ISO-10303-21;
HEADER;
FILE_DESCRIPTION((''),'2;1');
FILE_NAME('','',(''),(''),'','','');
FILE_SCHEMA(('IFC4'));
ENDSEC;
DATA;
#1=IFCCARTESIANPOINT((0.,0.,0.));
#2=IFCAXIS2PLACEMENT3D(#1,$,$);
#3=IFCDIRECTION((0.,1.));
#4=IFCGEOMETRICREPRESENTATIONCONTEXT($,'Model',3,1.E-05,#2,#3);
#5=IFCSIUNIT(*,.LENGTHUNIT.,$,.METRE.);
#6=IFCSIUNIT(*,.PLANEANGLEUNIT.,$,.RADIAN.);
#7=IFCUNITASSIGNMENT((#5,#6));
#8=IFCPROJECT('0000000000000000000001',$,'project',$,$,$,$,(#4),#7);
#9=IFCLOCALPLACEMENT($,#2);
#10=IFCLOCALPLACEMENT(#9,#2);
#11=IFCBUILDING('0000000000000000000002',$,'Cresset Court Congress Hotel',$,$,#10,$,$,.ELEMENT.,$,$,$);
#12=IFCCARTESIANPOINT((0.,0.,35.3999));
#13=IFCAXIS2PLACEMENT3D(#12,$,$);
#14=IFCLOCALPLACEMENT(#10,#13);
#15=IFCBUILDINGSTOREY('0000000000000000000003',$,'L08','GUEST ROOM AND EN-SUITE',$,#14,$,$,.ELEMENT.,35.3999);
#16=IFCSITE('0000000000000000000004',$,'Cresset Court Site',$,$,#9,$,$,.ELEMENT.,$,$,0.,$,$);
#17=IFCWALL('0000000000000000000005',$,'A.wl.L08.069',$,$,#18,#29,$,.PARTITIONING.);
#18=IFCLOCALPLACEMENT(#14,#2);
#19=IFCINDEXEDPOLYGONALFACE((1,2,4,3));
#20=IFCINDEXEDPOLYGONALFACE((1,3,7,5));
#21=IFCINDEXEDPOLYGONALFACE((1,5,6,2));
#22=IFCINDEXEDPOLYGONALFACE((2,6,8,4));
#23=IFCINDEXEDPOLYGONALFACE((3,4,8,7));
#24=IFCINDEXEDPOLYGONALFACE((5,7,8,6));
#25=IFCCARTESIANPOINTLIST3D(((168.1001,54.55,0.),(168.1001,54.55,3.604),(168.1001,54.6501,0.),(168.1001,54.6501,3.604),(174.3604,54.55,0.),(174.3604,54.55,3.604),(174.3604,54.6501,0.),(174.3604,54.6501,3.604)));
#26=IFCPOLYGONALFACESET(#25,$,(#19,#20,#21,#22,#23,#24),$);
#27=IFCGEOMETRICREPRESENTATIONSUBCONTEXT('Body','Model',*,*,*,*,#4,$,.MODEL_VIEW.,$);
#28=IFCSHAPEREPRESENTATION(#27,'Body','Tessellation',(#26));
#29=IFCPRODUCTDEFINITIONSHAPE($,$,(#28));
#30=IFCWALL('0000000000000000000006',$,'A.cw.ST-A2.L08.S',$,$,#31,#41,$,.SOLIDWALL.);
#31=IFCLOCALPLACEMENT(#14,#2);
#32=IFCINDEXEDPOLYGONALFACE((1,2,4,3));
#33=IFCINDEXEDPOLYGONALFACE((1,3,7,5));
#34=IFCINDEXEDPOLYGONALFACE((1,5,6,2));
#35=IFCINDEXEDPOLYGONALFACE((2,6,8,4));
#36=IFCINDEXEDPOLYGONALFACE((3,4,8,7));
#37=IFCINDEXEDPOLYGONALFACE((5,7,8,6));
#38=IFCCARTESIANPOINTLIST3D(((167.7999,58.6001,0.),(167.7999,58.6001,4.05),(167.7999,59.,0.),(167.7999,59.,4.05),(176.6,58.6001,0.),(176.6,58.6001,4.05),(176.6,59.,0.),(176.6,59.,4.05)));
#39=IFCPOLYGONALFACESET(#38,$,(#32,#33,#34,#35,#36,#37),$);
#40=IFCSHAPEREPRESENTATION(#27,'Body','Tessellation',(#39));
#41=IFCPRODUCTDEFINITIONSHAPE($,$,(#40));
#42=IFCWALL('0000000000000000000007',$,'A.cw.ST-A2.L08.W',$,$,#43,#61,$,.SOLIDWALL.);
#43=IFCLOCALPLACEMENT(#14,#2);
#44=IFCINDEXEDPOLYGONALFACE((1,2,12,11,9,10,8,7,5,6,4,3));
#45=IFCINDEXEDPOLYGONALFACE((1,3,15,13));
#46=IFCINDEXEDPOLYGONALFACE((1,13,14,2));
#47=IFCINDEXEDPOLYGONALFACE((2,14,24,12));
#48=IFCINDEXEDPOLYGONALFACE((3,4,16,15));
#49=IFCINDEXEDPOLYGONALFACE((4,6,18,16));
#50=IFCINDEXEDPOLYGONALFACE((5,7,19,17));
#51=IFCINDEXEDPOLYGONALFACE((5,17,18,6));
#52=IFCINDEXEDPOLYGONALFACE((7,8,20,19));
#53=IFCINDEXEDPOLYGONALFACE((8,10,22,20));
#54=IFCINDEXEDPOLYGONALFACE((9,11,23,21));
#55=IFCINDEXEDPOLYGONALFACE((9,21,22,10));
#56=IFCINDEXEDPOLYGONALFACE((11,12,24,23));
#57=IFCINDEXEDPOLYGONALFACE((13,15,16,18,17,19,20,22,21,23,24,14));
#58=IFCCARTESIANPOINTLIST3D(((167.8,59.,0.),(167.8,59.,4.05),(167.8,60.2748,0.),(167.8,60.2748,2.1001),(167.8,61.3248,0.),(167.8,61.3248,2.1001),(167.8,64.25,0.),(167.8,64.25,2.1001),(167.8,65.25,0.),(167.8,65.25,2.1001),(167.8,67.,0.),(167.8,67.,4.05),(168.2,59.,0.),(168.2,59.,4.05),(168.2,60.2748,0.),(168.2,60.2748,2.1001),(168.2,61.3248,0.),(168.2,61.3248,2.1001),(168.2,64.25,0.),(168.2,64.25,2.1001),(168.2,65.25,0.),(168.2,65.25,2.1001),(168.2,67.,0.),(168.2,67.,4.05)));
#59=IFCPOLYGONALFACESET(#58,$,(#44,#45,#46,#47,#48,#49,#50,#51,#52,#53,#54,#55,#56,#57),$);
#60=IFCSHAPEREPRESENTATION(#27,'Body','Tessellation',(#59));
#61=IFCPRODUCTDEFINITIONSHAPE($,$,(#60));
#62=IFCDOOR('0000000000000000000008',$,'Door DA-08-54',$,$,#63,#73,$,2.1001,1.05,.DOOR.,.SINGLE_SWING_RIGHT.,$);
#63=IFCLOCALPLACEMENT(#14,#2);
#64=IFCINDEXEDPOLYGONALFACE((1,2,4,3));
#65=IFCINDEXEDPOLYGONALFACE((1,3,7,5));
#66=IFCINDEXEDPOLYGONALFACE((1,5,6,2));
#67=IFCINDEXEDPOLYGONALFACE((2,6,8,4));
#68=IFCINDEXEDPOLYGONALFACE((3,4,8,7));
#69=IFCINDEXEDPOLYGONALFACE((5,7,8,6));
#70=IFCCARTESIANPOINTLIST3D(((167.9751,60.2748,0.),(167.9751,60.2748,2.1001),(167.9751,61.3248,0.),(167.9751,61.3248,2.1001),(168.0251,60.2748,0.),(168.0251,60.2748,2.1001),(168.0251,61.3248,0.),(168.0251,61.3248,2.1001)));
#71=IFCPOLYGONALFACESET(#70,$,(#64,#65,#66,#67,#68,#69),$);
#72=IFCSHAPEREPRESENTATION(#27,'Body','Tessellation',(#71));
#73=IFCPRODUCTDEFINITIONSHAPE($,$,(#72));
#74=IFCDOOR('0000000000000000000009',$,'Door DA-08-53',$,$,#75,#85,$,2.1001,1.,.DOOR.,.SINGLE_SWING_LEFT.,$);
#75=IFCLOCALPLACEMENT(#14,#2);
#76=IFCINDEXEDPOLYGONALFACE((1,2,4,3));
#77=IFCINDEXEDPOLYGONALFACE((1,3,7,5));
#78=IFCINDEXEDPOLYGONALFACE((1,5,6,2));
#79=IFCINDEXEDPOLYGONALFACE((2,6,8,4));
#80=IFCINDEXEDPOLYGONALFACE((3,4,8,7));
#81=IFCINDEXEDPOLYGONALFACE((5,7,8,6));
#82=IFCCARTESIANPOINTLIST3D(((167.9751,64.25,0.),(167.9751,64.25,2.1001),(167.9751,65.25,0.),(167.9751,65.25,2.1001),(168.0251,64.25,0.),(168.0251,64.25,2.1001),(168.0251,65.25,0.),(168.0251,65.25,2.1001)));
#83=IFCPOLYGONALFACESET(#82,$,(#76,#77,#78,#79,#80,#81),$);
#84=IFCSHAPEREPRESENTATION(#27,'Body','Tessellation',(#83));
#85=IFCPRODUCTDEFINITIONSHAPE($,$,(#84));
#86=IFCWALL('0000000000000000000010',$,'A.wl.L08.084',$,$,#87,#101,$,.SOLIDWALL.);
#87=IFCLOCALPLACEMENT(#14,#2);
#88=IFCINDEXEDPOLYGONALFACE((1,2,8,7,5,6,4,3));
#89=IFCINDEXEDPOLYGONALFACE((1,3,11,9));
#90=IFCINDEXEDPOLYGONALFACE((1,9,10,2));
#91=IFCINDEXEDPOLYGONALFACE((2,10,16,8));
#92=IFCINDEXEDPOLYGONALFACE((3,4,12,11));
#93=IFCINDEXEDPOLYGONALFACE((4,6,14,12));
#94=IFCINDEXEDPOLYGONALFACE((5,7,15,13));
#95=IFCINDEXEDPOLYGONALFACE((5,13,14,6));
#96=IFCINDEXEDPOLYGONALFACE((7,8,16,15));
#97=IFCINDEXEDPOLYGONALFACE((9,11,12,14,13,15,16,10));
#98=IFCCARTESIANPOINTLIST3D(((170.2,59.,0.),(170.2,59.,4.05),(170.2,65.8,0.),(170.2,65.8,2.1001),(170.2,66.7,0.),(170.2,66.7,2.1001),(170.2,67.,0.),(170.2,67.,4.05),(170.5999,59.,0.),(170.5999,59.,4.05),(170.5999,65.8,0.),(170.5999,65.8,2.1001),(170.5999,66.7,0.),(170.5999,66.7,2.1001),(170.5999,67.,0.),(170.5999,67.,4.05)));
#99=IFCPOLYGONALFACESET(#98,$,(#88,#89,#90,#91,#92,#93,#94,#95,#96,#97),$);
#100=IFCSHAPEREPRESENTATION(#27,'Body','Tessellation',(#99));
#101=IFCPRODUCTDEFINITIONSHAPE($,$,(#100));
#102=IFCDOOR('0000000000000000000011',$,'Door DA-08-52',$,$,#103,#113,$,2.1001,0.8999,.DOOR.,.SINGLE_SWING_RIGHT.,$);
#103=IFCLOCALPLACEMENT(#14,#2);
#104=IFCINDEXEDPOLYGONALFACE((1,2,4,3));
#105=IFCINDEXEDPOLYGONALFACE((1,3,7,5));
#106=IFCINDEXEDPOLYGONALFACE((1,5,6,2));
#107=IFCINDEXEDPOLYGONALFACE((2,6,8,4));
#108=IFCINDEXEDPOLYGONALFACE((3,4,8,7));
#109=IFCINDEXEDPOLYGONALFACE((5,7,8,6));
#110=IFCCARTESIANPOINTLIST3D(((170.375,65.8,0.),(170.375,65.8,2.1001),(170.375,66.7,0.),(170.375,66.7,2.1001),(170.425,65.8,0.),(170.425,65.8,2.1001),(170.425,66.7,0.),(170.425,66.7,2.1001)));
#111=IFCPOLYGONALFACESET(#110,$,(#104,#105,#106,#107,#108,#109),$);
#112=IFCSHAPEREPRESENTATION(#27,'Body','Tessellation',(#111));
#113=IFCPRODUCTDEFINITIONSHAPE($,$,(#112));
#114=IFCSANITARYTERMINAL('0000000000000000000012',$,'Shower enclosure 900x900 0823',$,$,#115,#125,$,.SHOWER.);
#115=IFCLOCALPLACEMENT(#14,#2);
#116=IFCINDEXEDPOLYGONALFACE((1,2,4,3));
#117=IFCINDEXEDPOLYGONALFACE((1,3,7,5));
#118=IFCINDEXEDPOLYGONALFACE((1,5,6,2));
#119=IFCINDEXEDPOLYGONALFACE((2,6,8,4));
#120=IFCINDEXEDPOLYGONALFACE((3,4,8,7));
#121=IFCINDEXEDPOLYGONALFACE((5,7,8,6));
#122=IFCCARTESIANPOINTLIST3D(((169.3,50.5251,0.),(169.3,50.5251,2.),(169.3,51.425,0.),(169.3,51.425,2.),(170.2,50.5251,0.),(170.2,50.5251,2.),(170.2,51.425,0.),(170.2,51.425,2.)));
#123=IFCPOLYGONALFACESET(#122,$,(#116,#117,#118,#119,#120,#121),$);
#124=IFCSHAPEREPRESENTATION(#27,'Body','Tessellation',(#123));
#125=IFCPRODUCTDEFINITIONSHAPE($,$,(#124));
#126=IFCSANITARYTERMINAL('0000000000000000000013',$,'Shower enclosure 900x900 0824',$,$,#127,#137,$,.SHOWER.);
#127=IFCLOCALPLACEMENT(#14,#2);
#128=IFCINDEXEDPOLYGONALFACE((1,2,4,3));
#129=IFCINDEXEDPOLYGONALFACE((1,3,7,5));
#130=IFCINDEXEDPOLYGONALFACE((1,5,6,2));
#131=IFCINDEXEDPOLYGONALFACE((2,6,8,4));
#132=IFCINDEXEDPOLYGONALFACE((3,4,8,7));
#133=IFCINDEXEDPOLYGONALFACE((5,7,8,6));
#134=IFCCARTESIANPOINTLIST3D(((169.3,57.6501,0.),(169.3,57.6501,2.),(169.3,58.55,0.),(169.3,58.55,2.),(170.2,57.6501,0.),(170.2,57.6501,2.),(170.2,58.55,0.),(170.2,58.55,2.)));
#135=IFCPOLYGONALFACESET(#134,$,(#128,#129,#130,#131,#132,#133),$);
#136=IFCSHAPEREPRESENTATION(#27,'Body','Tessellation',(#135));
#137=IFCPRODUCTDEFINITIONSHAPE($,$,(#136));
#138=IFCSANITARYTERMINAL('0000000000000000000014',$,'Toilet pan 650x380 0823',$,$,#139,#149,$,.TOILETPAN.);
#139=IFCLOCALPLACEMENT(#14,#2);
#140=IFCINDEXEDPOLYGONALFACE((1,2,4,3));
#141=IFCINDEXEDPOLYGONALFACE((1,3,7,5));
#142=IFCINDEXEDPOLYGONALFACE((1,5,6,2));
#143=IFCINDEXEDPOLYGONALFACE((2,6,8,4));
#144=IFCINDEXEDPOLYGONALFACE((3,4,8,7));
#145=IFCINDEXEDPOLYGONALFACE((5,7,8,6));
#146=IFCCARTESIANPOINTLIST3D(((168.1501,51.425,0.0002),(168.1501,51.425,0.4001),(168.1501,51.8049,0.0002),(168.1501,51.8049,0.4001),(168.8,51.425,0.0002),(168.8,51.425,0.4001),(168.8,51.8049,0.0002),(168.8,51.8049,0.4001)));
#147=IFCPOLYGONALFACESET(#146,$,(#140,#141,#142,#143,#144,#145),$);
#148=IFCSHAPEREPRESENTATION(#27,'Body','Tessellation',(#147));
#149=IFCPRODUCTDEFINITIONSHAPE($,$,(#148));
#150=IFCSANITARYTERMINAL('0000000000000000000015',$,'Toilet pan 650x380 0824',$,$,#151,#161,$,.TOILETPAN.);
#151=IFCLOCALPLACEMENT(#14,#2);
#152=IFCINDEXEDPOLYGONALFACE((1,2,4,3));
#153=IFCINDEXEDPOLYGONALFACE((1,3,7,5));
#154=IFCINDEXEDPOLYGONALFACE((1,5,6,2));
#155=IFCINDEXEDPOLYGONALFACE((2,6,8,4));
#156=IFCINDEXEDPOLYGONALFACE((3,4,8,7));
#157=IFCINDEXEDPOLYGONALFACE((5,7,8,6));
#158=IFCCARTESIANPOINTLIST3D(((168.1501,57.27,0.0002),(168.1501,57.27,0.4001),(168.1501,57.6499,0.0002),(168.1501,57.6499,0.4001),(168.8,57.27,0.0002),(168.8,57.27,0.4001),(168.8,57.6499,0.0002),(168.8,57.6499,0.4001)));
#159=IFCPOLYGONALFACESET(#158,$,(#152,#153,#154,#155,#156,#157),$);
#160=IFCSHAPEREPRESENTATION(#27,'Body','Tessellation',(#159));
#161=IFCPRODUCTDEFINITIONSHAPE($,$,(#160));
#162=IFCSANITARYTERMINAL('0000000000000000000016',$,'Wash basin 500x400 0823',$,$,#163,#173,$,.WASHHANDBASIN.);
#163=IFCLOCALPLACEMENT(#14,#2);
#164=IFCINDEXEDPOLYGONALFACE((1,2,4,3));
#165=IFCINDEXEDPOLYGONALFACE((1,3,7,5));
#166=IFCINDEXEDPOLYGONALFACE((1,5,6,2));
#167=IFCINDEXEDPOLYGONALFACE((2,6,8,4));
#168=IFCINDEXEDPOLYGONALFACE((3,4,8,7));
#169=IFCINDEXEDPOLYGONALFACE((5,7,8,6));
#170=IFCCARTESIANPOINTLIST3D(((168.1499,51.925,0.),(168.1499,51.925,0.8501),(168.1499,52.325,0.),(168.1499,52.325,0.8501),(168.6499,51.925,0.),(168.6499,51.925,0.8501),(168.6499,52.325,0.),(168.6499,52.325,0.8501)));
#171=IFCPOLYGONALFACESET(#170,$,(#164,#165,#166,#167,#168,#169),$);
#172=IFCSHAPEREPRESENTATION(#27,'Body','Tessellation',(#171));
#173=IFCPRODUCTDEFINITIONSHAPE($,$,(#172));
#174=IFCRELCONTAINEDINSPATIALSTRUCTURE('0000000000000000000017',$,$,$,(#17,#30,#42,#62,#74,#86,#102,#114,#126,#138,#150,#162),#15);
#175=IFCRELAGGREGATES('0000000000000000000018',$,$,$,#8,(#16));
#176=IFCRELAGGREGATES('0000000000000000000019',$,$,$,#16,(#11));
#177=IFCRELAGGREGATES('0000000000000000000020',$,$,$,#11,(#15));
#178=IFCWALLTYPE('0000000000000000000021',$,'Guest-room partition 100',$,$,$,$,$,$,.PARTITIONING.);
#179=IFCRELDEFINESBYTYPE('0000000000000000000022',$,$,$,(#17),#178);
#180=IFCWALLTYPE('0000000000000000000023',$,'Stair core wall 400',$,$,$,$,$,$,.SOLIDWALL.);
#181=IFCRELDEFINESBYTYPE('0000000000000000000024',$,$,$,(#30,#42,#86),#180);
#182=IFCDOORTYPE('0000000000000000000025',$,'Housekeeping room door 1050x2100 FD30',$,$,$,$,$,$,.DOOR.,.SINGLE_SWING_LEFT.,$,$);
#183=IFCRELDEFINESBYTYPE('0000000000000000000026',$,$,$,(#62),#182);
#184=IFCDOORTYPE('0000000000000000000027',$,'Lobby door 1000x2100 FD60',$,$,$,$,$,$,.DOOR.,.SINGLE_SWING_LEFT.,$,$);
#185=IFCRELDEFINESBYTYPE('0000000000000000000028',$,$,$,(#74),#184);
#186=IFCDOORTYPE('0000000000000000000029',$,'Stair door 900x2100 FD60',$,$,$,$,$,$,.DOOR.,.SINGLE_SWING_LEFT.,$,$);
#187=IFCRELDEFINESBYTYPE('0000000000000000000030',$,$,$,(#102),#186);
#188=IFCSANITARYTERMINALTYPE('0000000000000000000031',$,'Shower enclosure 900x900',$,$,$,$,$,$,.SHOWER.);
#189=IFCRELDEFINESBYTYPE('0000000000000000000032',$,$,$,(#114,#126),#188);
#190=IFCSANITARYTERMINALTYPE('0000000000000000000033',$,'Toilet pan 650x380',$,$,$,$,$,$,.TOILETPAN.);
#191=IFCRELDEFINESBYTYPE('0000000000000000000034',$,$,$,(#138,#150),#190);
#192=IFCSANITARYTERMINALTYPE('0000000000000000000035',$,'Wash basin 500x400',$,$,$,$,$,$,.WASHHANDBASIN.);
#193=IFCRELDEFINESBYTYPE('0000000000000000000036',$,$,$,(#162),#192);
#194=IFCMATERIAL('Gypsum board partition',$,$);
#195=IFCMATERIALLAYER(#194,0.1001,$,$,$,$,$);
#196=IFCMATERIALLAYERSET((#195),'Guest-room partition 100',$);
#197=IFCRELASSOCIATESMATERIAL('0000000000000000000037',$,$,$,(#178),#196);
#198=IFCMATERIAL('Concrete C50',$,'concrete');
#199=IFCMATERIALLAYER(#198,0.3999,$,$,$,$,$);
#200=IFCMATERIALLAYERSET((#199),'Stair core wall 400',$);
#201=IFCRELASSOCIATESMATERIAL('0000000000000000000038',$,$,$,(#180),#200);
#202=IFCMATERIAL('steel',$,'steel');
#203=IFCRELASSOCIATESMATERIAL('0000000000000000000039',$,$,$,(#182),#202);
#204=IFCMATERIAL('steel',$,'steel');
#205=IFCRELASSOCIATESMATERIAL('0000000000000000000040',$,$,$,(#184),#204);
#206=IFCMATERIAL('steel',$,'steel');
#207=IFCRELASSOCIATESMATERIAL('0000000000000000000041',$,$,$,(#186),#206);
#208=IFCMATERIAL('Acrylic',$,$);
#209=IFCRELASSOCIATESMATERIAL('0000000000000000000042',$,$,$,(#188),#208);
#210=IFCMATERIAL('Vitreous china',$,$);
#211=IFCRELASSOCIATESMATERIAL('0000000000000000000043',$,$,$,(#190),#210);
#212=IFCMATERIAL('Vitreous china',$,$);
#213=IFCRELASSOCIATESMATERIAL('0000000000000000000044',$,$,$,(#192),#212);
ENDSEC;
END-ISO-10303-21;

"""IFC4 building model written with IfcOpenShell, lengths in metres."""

from ifc_helpers import new_model, si_unit, direction, frame, frame_2d, origin, origin_2d, place, context, subcontext, project, spatial, rectangle, extrude, material, layer, layer_set, type_object, element, fill, save


model = new_model("IFC4")

# Units and contexts
model_context = context("Model", 3, precision=1e-05, world=origin(), true_north=direction((0.0, 1.0)))
body_context = subcontext(model_context, "Body", "Model", "MODEL_VIEW")
ifc_project = project(units=[si_unit("LENGTHUNIT", "METRE"), si_unit("PLANEANGLEUNIT", "RADIAN")], contexts=[model_context])

# Site, building, storey
site_placement = place(None, origin())
site = spatial("IfcSite", under=ifc_project, at=site_placement, Name="Cresset Court Site", CompositionType="ELEMENT", RefElevation=0.0)
building_placement = place(site_placement, origin())
building = spatial("IfcBuilding", under=site, at=building_placement, Name="Cresset Court Congress Hotel", CompositionType="ELEMENT")
storey_placement = place(building_placement, frame((0.0, 0.0, 35.3999)))
storey = spatial("IfcBuildingStorey", under=building, at=storey_placement, Name="L08", Description="GUEST ROOM AND EN-SUITE", CompositionType="ELEMENT", Elevation=35.3999)

# Walls
ifc_material_1 = material(Name="Gypsum board partition")
ifc_layer_1 = layer(ifc_material_1, 0.1001)
ifc_layer_set_1 = layer_set([ifc_layer_1], Name="Guest-room partition 100")
wall_type_1 = type_object("IfcWallType", Name="Guest-room partition 100", PredefinedType="PARTITIONING", material=ifc_layer_set_1)
wall_1_placement = place(storey_placement, frame((168.1001, 54.6001, 0.0), z_axis=(0.0, 0.0, 1.0), x_axis=(1.0, 0.0, 0.0)))
element("IfcWall", 1, at=wall_1_placement, inside=storey, type_object=wall_type_1, Name="A.wl.L08.069", PredefinedType="PARTITIONING", context=body_context, shape_type="SweptSolid", body=[
    extrude(rectangle(XDim=6.2603, YDim=0.1001, at=frame_2d((3.1301, 0.0))), origin(), (0.0, 0.0, 1.0), 3.604),
])
ifc_material_2 = material(Name="Concrete C50", Category="concrete")
ifc_layer_2 = layer(ifc_material_2, 0.3999)
ifc_layer_set_2 = layer_set([ifc_layer_2], Name="Stair core wall 400")
wall_type_2 = type_object("IfcWallType", Name="Stair core wall 400", PredefinedType="SOLIDWALL", material=ifc_layer_set_2)
wall_2_placement = place(storey_placement, frame((167.8, 58.8, 0.0), z_axis=(0.0, 0.0, 1.0), x_axis=(1.0, 0.0, 0.0)))
element("IfcWall", 2, at=wall_2_placement, inside=storey, type_object=wall_type_2, Name="A.cw.ST-A2.L08.S", PredefinedType="SOLIDWALL", context=body_context, shape_type="SweptSolid", body=[
    extrude(rectangle(XDim=8.8, YDim=0.3999, at=frame_2d((4.3999, 0.0))), origin(), (0.0, 0.0, 1.0), 4.05),
])

# Wall, openings, doors
wall_3_placement = place(storey_placement, frame((168.0, 59.0, 0.0), z_axis=(0.0, 0.0, 1.0), x_axis=(0.0, 1.0, 0.0)))
wall_3 = element("IfcWall", 3, at=wall_3_placement, inside=storey, type_object=wall_type_2, Name="A.cw.ST-A2.L08.W", PredefinedType="SOLIDWALL", context=body_context, shape_type="SweptSolid", body=[
    extrude(rectangle(XDim=8.0, YDim=0.3999, at=frame_2d((4.0, 0.0))), origin(), (0.0, 0.0, 1.0), 4.05),
])
opening_1_placement = place(wall_3_placement, frame((5.25, 0.0, 0.0)))
opening_1 = element("IfcOpeningElement", 4, at=opening_1_placement, cuts=wall_3, PredefinedType="OPENING", context=body_context, shape_type="SweptSolid", body=[
    extrude(rectangle(XDim=1.0, YDim=2.1001, at=frame_2d((0.5, 1.05))), frame((0.0, 0.21, 0.0), z_axis=(0.0, -1.0, 0.0), x_axis=(1.0, 0.0, 0.0)), (0.0, 0.0, 1.0), 0.4199),
])
opening_2_placement = place(wall_3_placement, frame((1.2749, 0.0, 0.0)))
opening_2 = element("IfcOpeningElement", 5, at=opening_2_placement, cuts=wall_3, PredefinedType="OPENING", context=body_context, shape_type="SweptSolid", body=[
    extrude(rectangle(XDim=1.05, YDim=2.1001, at=frame_2d((0.5249, 1.05))), frame((0.0, 0.21, 0.0), z_axis=(0.0, -1.0, 0.0), x_axis=(1.0, 0.0, 0.0)), (0.0, 0.0, 1.0), 0.4199),
])
ifc_material_3 = material(Name="steel", Category="steel")
door_type_1 = type_object("IfcDoorType", Name="Housekeeping room door 1050x2100 FD30", OperationType="SINGLE_SWING_LEFT", PredefinedType="DOOR", material=ifc_material_3)
door_1_placement = place(opening_2_placement, origin())
door_1 = element("IfcDoor", 6, at=door_1_placement, inside=storey, type_object=door_type_1, Name="Door DA-08-54", OperationType="SINGLE_SWING_RIGHT", OverallHeight=2.1001, OverallWidth=1.05, PredefinedType="DOOR", context=body_context, shape_type="SweptSolid", body=[
    extrude(rectangle(XDim=1.05, YDim=2.1001, at=frame_2d((0.5249, 1.05))), frame((0.0, 0.0249, 0.0), z_axis=(0.0, -1.0, 0.0), x_axis=(1.0, 0.0, 0.0)), (0.0, 0.0, 1.0), 0.05),
])
fill(opening_2, door_1)
ifc_material_4 = material(Name="steel", Category="steel")
door_type_2 = type_object("IfcDoorType", Name="Lobby door 1000x2100 FD60", OperationType="SINGLE_SWING_LEFT", PredefinedType="DOOR", material=ifc_material_4)
door_2_placement = place(opening_1_placement, origin())
door_2 = element("IfcDoor", 7, at=door_2_placement, inside=storey, type_object=door_type_2, Name="Door DA-08-53", OperationType="SINGLE_SWING_LEFT", OverallHeight=2.1001, OverallWidth=1.0, PredefinedType="DOOR", context=body_context, shape_type="SweptSolid", body=[
    extrude(rectangle(XDim=1.0, YDim=2.1001, at=frame_2d((0.5, 1.05))), frame((0.0, 0.0249, 0.0), z_axis=(0.0, -1.0, 0.0), x_axis=(1.0, 0.0, 0.0)), (0.0, 0.0, 1.0), 0.05),
])
fill(opening_1, door_2)

# Wall, opening, door
wall_4_placement = place(storey_placement, frame((170.3999, 59.0, 0.0), z_axis=(0.0, 0.0, 1.0), x_axis=(0.0, 1.0, 0.0)))
wall_4 = element("IfcWall", 8, at=wall_4_placement, inside=storey, type_object=wall_type_2, Name="A.wl.L08.084", PredefinedType="SOLIDWALL", context=body_context, shape_type="SweptSolid", body=[
    extrude(rectangle(XDim=8.0, YDim=0.3999, at=frame_2d((4.0, 0.0))), origin(), (0.0, 0.0, 1.0), 4.05),
])
opening_3_placement = place(wall_4_placement, frame((6.8, 0.0, 0.0)))
opening_3 = element("IfcOpeningElement", 9, at=opening_3_placement, cuts=wall_4, PredefinedType="OPENING", context=body_context, shape_type="SweptSolid", body=[
    extrude(rectangle(XDim=0.8999, YDim=2.1001, at=frame_2d((0.45, 1.05))), frame((0.0, 0.21, 0.0), z_axis=(0.0, -1.0, 0.0), x_axis=(1.0, 0.0, 0.0)), (0.0, 0.0, 1.0), 0.4199),
])
ifc_material_5 = material(Name="steel", Category="steel")
door_type_3 = type_object("IfcDoorType", Name="Stair door 900x2100 FD60", OperationType="SINGLE_SWING_LEFT", PredefinedType="DOOR", material=ifc_material_5)
door_3_placement = place(opening_3_placement, origin())
door_3 = element("IfcDoor", 10, at=door_3_placement, inside=storey, type_object=door_type_3, Name="Door DA-08-52", OperationType="SINGLE_SWING_RIGHT", OverallHeight=2.1001, OverallWidth=0.8999, PredefinedType="DOOR", context=body_context, shape_type="SweptSolid", body=[
    extrude(rectangle(XDim=0.8999, YDim=2.1001, at=frame_2d((0.45, 1.05))), frame((0.0, 0.0249, 0.0), z_axis=(0.0, -1.0, 0.0), x_axis=(1.0, 0.0, 0.0)), (0.0, 0.0, 1.0), 0.05),
])
fill(opening_3, door_3)

# Sanitary terminals
ifc_material_6 = material(Name="Acrylic")
sanitary_terminal_type_1 = type_object("IfcSanitaryTerminalType", Name="Shower enclosure 900x900", PredefinedType="SHOWER", material=ifc_material_6)
for number, where, z_axis, x_axis, name in (
    (11, (169.75, 50.9751, 0.0), (0.0, 0.0, 1.0), (1.0, 0.0, 0.0), "Shower enclosure 900x900 0823"),
    (12, (169.75, 58.1001, 0.0), (0.0, 0.0, 1.0), (1.0, 0.0, 0.0), "Shower enclosure 900x900 0824"),
):
    element("IfcSanitaryTerminal", number, at=place(storey_placement, frame(where, z_axis=z_axis, x_axis=x_axis)), inside=storey, type_object=sanitary_terminal_type_1, Name=name, PredefinedType="SHOWER", context=body_context, shape_type="SweptSolid", body=[
        extrude(rectangle(XDim=0.8999, YDim=0.8999, at=origin_2d()), origin(), (0.0, 0.0, 1.0), 2.0),
    ])
ifc_material_7 = material(Name="Vitreous china")
sanitary_terminal_type_2 = type_object("IfcSanitaryTerminalType", Name="Toilet pan 650x380", PredefinedType="TOILETPAN", material=ifc_material_7)
for number, where, z_axis, x_axis, name in (
    (13, (168.4751, 51.615, 0.0002), (0.0, 0.0, 1.0), (1.0, 0.0, 0.0), "Toilet pan 650x380 0823"),
    (14, (168.4751, 57.46, 0.0002), (0.0, 0.0, 1.0), (1.0, 0.0, 0.0), "Toilet pan 650x380 0824"),
):
    element("IfcSanitaryTerminal", number, at=place(storey_placement, frame(where, z_axis=z_axis, x_axis=x_axis)), inside=storey, type_object=sanitary_terminal_type_2, Name=name, PredefinedType="TOILETPAN", context=body_context, shape_type="SweptSolid", body=[
        extrude(rectangle(XDim=0.6499, YDim=0.3799, at=origin_2d()), origin(), (0.0, 0.0, 1.0), 0.3999),
    ])
ifc_material_8 = material(Name="Vitreous china")
sanitary_terminal_type_3 = type_object("IfcSanitaryTerminalType", Name="Wash basin 500x400", PredefinedType="WASHHANDBASIN", material=ifc_material_8)
for number, where, z_axis, x_axis, name in (
    (15, (168.3999, 52.125, 0.0), (0.0, 0.0, 1.0), (1.0, 0.0, 0.0), "Wash basin 500x400 0823"),
):
    element("IfcSanitaryTerminal", number, at=place(storey_placement, frame(where, z_axis=z_axis, x_axis=x_axis)), inside=storey, type_object=sanitary_terminal_type_3, Name=name, PredefinedType="WASHHANDBASIN", context=body_context, shape_type="SweptSolid", body=[
        extrude(rectangle(XDim=0.5, YDim=0.3999, at=origin_2d()), origin(), (0.0, 0.0, 1.0), 0.8501),
    ])

save(model, "model.ifc")
